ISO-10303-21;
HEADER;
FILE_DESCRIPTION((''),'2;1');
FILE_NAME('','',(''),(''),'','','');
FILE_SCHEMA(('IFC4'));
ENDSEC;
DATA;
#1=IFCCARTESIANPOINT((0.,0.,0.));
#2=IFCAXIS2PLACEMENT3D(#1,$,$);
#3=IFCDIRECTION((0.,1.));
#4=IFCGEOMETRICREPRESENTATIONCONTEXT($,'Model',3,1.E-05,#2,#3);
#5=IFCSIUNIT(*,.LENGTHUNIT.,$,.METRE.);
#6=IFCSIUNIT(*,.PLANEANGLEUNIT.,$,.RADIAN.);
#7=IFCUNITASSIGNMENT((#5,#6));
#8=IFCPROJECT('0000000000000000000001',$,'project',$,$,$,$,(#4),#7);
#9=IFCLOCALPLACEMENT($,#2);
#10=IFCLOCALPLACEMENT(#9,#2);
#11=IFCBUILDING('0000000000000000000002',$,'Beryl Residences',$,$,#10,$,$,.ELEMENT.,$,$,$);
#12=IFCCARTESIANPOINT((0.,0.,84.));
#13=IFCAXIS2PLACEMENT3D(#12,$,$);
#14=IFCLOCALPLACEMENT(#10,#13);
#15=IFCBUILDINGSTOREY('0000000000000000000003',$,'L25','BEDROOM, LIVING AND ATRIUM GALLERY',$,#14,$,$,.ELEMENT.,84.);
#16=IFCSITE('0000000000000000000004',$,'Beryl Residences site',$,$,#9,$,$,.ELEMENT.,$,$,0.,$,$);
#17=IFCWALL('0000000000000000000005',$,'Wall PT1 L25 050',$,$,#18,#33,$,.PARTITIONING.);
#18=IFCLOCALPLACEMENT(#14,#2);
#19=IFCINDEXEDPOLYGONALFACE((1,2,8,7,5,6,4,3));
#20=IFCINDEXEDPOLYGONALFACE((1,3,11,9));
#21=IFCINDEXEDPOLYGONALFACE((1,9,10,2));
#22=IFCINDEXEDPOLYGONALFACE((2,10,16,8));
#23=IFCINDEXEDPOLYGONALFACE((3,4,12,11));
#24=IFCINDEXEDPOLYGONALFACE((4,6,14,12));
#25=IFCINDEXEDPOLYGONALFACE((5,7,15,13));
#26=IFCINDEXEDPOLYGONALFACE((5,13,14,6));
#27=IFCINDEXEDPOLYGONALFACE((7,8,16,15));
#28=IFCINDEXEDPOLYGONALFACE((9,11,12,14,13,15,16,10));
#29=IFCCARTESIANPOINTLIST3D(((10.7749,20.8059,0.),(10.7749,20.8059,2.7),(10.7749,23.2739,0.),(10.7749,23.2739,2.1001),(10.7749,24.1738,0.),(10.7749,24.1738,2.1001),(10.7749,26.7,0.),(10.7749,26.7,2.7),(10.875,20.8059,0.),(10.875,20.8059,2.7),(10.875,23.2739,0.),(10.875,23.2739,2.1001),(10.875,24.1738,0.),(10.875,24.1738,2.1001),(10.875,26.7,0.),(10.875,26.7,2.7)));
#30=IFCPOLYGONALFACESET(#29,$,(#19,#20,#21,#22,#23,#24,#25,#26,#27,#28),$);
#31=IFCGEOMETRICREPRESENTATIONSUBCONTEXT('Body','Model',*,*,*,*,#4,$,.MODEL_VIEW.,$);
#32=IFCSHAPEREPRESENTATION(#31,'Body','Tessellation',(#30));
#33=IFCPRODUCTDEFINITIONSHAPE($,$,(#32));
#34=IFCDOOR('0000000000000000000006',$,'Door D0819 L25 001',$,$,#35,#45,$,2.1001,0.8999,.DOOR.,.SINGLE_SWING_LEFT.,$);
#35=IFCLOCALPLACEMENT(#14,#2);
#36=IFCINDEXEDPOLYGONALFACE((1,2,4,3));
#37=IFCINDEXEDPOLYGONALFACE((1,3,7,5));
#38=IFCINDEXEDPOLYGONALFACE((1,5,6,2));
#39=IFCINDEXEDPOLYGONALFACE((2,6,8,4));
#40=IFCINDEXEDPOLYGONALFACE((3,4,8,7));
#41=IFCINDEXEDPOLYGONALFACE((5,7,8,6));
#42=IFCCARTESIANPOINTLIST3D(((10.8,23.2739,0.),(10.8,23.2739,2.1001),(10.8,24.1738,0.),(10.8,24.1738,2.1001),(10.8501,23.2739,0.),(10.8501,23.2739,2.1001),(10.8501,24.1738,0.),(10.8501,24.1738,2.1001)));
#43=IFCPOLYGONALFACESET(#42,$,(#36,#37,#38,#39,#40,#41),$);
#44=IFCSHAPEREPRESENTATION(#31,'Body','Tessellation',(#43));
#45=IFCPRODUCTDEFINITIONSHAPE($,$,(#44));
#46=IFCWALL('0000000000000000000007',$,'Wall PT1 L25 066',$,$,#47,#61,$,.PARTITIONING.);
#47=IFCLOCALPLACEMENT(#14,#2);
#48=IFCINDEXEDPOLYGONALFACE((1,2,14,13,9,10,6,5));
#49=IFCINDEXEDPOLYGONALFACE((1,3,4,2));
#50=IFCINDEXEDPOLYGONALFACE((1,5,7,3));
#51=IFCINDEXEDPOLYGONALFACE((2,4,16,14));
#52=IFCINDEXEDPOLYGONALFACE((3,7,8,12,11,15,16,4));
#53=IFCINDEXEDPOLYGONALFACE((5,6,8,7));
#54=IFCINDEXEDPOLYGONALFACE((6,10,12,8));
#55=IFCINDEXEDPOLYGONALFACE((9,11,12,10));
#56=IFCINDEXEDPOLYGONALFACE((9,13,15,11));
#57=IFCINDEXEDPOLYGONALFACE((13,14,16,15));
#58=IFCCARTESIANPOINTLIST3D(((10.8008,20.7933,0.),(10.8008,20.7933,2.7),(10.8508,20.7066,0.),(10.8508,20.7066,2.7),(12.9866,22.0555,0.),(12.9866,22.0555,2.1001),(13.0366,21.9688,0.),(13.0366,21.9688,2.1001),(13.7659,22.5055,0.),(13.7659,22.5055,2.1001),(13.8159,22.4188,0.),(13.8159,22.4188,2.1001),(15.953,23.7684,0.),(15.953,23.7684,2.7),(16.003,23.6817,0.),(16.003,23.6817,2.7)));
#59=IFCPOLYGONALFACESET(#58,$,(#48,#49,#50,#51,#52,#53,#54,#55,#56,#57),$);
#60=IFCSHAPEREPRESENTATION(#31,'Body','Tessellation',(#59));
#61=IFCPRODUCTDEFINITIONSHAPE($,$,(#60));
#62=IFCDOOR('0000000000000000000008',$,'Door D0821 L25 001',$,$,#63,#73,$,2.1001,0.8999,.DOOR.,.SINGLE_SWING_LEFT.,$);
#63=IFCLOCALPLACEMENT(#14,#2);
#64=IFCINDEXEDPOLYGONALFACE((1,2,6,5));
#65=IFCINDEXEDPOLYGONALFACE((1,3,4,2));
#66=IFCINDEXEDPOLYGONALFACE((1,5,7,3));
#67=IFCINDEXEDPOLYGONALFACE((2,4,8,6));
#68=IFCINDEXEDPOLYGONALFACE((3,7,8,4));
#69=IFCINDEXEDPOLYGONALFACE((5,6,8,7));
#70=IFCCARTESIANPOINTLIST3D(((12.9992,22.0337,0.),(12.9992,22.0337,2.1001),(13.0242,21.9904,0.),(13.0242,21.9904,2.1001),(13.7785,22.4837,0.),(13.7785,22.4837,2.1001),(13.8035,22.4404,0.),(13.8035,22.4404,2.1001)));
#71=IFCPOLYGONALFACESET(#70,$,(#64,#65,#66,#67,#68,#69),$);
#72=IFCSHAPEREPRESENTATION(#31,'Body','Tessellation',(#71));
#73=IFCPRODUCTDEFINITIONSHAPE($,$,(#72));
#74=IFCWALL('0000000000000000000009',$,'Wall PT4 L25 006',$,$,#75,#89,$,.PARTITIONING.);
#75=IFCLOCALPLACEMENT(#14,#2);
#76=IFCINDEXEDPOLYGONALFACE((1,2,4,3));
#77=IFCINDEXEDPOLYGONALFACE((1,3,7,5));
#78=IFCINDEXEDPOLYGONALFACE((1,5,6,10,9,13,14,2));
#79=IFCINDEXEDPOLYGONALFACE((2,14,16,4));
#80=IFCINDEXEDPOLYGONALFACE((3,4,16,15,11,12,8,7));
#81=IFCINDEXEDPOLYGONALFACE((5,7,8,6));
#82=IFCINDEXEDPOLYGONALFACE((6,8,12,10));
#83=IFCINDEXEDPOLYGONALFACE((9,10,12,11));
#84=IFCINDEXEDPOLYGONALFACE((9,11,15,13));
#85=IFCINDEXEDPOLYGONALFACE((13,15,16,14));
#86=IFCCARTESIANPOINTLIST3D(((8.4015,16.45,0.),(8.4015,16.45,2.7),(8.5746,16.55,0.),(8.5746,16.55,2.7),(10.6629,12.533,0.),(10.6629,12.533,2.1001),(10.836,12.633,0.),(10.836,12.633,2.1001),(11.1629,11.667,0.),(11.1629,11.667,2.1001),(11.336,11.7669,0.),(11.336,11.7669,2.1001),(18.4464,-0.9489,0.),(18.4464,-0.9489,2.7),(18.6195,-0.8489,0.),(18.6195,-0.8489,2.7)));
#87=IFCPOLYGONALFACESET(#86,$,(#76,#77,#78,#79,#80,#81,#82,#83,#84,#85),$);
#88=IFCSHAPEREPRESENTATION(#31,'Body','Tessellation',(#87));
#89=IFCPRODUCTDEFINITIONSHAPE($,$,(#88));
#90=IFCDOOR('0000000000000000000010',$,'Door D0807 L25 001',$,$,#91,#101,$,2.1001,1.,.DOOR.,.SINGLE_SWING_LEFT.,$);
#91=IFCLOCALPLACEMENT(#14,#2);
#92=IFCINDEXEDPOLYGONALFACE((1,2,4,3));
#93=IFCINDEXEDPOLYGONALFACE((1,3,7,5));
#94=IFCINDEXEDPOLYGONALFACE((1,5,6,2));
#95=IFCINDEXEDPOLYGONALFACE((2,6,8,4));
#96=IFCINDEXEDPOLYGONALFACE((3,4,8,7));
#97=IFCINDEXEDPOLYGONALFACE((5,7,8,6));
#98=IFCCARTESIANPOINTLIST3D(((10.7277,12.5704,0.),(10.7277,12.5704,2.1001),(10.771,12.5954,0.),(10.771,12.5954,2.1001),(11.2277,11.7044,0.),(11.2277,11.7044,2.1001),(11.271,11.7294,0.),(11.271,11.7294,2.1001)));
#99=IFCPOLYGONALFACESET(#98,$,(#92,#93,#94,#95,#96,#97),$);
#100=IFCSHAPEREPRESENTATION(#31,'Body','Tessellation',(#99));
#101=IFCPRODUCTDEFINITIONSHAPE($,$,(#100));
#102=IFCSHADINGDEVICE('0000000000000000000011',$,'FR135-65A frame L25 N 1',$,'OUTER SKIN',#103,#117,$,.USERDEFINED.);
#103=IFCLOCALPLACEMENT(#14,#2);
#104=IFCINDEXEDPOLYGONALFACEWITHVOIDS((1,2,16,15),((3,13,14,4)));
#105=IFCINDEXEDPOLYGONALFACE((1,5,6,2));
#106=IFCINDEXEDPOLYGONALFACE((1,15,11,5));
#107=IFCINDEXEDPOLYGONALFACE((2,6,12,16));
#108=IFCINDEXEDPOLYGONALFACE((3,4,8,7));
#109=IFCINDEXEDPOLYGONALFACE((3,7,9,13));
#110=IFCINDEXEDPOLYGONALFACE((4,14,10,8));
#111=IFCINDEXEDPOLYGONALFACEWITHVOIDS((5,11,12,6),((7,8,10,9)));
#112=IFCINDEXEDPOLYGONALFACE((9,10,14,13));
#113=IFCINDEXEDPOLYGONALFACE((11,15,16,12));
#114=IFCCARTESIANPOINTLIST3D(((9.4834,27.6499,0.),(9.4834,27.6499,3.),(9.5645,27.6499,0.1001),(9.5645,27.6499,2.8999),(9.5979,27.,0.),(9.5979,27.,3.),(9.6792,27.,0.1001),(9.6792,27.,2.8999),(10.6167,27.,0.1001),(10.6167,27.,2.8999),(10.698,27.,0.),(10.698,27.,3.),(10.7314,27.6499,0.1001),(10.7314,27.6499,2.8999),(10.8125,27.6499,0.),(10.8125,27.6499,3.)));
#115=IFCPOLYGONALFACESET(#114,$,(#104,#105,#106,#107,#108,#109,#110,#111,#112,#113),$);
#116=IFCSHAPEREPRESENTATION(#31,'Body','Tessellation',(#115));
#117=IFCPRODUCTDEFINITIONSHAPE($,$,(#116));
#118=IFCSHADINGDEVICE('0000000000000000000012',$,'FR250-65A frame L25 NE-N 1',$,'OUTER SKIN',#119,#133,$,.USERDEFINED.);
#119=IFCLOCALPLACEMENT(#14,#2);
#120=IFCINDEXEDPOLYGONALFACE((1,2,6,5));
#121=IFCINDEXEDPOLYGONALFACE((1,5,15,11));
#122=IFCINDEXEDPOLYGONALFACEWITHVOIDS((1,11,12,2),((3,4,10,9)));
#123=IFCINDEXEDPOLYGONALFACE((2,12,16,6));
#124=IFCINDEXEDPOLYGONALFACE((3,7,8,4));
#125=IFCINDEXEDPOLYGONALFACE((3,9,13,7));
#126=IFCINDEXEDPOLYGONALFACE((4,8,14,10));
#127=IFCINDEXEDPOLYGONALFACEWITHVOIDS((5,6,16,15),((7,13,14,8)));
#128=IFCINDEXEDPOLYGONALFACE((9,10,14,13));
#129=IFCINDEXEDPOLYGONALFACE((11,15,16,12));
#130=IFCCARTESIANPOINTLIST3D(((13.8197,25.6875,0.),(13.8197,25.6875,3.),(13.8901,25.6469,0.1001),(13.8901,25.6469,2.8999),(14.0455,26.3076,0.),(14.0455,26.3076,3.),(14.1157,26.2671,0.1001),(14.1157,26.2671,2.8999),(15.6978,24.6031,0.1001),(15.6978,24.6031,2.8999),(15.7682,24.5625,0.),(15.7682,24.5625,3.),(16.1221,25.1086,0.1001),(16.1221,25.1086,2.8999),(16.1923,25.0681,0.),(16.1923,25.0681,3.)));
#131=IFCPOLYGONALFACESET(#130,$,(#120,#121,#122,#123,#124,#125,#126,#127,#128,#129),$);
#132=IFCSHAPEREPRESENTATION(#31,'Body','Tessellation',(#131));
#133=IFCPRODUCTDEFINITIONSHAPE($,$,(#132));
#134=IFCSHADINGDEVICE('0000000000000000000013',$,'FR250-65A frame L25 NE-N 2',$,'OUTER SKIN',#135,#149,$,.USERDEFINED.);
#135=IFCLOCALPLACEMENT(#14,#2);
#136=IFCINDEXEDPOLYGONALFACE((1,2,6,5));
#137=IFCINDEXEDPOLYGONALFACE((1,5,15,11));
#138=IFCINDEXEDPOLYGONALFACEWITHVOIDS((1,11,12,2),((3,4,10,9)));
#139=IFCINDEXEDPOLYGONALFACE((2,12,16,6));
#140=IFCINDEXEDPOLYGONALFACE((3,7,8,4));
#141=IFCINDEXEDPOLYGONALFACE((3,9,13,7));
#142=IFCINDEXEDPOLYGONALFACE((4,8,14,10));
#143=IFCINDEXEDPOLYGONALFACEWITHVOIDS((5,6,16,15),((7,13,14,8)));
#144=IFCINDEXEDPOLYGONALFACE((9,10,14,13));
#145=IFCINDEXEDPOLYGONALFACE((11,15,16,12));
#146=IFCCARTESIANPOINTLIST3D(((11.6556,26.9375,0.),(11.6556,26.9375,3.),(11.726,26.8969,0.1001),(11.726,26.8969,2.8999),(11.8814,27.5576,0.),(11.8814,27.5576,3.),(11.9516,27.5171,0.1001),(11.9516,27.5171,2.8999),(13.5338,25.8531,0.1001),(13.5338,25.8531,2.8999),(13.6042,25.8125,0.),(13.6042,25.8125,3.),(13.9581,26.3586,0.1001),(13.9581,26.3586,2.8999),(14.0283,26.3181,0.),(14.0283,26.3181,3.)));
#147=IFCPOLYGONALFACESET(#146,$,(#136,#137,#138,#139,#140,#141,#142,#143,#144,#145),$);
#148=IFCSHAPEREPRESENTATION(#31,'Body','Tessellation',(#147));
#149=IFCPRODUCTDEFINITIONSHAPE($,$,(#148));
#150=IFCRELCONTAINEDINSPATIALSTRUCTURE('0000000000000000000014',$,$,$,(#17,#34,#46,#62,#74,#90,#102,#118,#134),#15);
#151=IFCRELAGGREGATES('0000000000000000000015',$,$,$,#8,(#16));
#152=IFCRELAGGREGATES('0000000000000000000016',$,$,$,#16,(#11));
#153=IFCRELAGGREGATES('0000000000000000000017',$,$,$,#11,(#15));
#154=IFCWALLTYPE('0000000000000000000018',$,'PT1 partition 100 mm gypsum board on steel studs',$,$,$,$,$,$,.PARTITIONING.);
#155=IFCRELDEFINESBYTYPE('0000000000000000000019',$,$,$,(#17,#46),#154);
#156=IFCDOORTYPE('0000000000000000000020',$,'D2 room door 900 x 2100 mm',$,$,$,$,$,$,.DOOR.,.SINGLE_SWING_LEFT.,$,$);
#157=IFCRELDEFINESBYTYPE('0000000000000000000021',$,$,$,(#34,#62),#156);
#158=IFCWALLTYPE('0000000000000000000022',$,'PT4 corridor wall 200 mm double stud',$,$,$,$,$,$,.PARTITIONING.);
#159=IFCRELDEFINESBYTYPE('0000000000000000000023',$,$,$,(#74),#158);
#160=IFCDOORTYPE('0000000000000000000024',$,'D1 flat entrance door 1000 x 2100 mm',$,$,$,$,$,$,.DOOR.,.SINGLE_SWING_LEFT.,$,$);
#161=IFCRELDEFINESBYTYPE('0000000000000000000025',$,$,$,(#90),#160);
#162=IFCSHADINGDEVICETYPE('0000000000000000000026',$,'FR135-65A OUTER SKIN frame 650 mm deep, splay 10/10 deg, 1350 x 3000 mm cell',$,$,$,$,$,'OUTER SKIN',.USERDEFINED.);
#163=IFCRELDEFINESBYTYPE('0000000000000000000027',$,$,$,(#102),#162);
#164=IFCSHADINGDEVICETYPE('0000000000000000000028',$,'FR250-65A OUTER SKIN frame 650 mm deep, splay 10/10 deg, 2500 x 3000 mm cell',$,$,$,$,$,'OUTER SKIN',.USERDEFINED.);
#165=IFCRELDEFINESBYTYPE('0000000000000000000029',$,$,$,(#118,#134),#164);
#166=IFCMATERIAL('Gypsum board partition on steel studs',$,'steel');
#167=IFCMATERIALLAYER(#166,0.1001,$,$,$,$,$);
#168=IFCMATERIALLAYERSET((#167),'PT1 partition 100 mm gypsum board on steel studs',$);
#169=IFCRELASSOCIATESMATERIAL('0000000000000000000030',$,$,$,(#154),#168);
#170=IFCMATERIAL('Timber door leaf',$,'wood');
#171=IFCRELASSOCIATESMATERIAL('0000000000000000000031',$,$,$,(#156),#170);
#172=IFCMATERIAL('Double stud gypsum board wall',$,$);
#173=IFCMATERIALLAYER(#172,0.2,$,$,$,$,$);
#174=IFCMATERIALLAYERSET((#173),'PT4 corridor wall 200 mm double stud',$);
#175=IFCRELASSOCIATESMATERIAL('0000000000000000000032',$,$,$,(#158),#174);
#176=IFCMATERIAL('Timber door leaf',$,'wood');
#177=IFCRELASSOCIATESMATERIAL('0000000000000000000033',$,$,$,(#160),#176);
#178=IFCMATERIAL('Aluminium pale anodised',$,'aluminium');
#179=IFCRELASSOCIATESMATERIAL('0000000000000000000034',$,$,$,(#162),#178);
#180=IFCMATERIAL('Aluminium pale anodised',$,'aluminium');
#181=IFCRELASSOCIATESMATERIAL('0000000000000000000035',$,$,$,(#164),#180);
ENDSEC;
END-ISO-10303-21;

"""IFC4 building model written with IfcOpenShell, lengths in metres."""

from ifc_helpers import new_model, entity, si_unit, direction, frame, frame_2d, origin, place, context, subcontext, project, spatial, rectangle, extrude, source, transform, mapped, material, layer, layer_set, type_object, type_shapes, element, fill, save


model = new_model("IFC4")

# Units and contexts
model_context = context("Model", 3, precision=1e-05, world=origin(), true_north=direction((0.0, 1.0)))
body_context = subcontext(model_context, "Body", "Model", "MODEL_VIEW")
ifc_project = project(units=[si_unit("LENGTHUNIT", "METRE"), si_unit("PLANEANGLEUNIT", "RADIAN")], contexts=[model_context])

# Site, building, storey
site_placement = place(None, origin())
site = spatial("IfcSite", under=ifc_project, at=site_placement, Name="Beryl Residences site", CompositionType="ELEMENT", RefElevation=0.0)
building_placement = place(site_placement, origin())
building = spatial("IfcBuilding", under=site, at=building_placement, Name="Beryl Residences", CompositionType="ELEMENT")
storey_placement = place(building_placement, frame((0.0, 0.0, 84.0)))
storey = spatial("IfcBuildingStorey", under=building, at=storey_placement, Name="L25", Description="BEDROOM, LIVING AND ATRIUM GALLERY", CompositionType="ELEMENT", Elevation=84.0)

# Walls, openings, doors
ifc_material_1 = material(Name="Gypsum board partition on steel studs", Category="steel")
ifc_layer_1 = layer(ifc_material_1, 0.1001)
ifc_layer_set_1 = layer_set([ifc_layer_1], Name="PT1 partition 100 mm gypsum board on steel studs")
wall_type_1 = type_object("IfcWallType", Name="PT1 partition 100 mm gypsum board on steel studs", PredefinedType="PARTITIONING", material=ifc_layer_set_1)
wall_1_placement = place(storey_placement, frame((10.825, 20.8059, 0.0), z_axis=(0.0, 0.0, 1.0), x_axis=(0.0, 1.0, 0.0)))
wall_1 = element("IfcWall", 1, at=wall_1_placement, inside=storey, type_object=wall_type_1, Name="Wall PT1 L25 050", PredefinedType="PARTITIONING", context=body_context, shape_type="SweptSolid", body=[
    extrude(rectangle(XDim=5.894, YDim=0.1001, at=frame_2d((2.947, 0.0))), origin(), (0.0, 0.0, 1.0), 2.7),
])
opening_1_placement = place(wall_1_placement, frame((2.468, 0.0, 0.0)))
opening_1 = element("IfcOpeningElement", 2, at=opening_1_placement, cuts=wall_1, PredefinedType="OPENING", context=body_context, shape_type="SweptSolid", body=[
    extrude(rectangle(XDim=0.8999, YDim=2.1001, at=frame_2d((0.45, 1.05))), frame((0.0, 0.0601, 0.0), z_axis=(0.0, -1.0, 0.0), x_axis=(1.0, 0.0, 0.0)), (0.0, 0.0, 1.0), 0.1201),
])
ifc_material_2 = material(Name="Timber door leaf", Category="wood")
door_type_1 = type_object("IfcDoorType", Name="D2 room door 900 x 2100 mm", OperationType="SINGLE_SWING_LEFT", PredefinedType="DOOR", material=ifc_material_2)
door_1_placement = place(opening_1_placement, origin())
door_1 = element("IfcDoor", 3, at=door_1_placement, inside=storey, type_object=door_type_1, Name="Door D0819 L25 001", OperationType="SINGLE_SWING_LEFT", OverallHeight=2.1001, OverallWidth=0.8999, PredefinedType="DOOR", context=body_context, shape_type="SweptSolid", body=[
    extrude(rectangle(XDim=0.8999, YDim=2.1001, at=frame_2d((0.45, 1.05))), frame((0.0, 0.0249, 0.0), z_axis=(0.0, -1.0, 0.0), x_axis=(1.0, 0.0, 0.0)), (0.0, 0.0, 1.0), 0.05),
])
fill(opening_1, door_1)
wall_2_placement = place(storey_placement, frame((10.8259, 20.75, 0.0), z_axis=(0.0, 0.0, 1.0), x_axis=(0.865987, 0.500067, 0.0)))
wall_2 = element("IfcWall", 4, at=wall_2_placement, inside=storey, type_object=wall_type_1, Name="Wall PT1 L25 066", PredefinedType="PARTITIONING", context=body_context, shape_type="SweptSolid", body=[
    extrude(rectangle(XDim=5.9495, YDim=0.1001, at=frame_2d((2.9746, 0.0))), origin(), (0.0, 0.0, 1.0), 2.7),
])
opening_2_placement = place(wall_2_placement, frame((2.5239, 0.0, 0.0)))
opening_2 = element("IfcOpeningElement", 5, at=opening_2_placement, cuts=wall_2, PredefinedType="OPENING", context=body_context, shape_type="SweptSolid", body=[
    extrude(rectangle(XDim=0.8999, YDim=2.1001, at=frame_2d((0.45, 1.05))), frame((0.0, 0.0601, 0.0), z_axis=(0.0, -1.0, 0.0), x_axis=(1.0, 0.0, 0.0)), (0.0, 0.0, 1.0), 0.1201),
])
door_2_placement = place(opening_2_placement, origin())
door_2 = element("IfcDoor", 6, at=door_2_placement, inside=storey, type_object=door_type_1, Name="Door D0821 L25 001", OperationType="SINGLE_SWING_LEFT", OverallHeight=2.1001, OverallWidth=0.8999, PredefinedType="DOOR", context=body_context, shape_type="SweptSolid", body=[
    extrude(rectangle(XDim=0.8999, YDim=2.1001, at=frame_2d((0.45, 1.05))), frame((0.0, 0.0249, 0.0), z_axis=(0.0, -1.0, 0.0), x_axis=(1.0, 0.0, 0.0)), (0.0, 0.0, 1.0), 0.05),
])
fill(opening_2, door_2)
ifc_material_3 = material(Name="Double stud gypsum board wall")
ifc_layer_2 = layer(ifc_material_3, 0.2)
ifc_layer_set_2 = layer_set([ifc_layer_2], Name="PT4 corridor wall 200 mm double stud")
wall_type_2 = type_object("IfcWallType", Name="PT4 corridor wall 200 mm double stud", PredefinedType="PARTITIONING", material=ifc_layer_set_2)
wall_3_placement = place(storey_placement, frame((8.488, 16.5, 0.0), z_axis=(0.0, 0.0, 1.0), x_axis=(0.499987, -0.866033, 0.0)))
wall_3 = element("IfcWall", 7, at=wall_3_placement, inside=storey, type_object=wall_type_2, Name="Wall PT4 L25 006", PredefinedType="PARTITIONING", context=body_context, shape_type="SweptSolid", body=[
    extrude(rectangle(XDim=20.0903, YDim=0.2, at=frame_2d((10.0452, 0.0))), origin(), (0.0, 0.0, 1.0), 2.7),
])
opening_3_placement = place(wall_3_placement, frame((4.5229, 0.0, 0.0)))
opening_3 = element("IfcOpeningElement", 8, at=opening_3_placement, cuts=wall_3, PredefinedType="OPENING", context=body_context, shape_type="SweptSolid", body=[
    extrude(rectangle(XDim=1.0, YDim=2.1001, at=frame_2d((0.5, 1.05))), frame((0.0, 0.1099, 0.0), z_axis=(0.0, -1.0, 0.0), x_axis=(1.0, 0.0, 0.0)), (0.0, 0.0, 1.0), 0.22),
])
ifc_material_4 = material(Name="Timber door leaf", Category="wood")
door_type_2 = type_object("IfcDoorType", Name="D1 flat entrance door 1000 x 2100 mm", OperationType="SINGLE_SWING_LEFT", PredefinedType="DOOR", material=ifc_material_4)
door_3_placement = place(opening_3_placement, origin())
door_3 = element("IfcDoor", 9, at=door_3_placement, inside=storey, type_object=door_type_2, Name="Door D0807 L25 001", OperationType="SINGLE_SWING_LEFT", OverallHeight=2.1001, OverallWidth=1.0, PredefinedType="DOOR", context=body_context, shape_type="SweptSolid", body=[
    extrude(rectangle(XDim=1.0, YDim=2.1001, at=frame_2d((0.5, 1.05))), frame((0.0, 0.0249, 0.0), z_axis=(0.0, -1.0, 0.0), x_axis=(1.0, 0.0, 0.0)), (0.0, 0.0, 1.0), 0.05),
])
fill(opening_3, door_3)

# Shading devices
ifc_material_5 = material(Name="Aluminium pale anodised", Category="aluminium")
shading_device_type_1 = type_object("IfcShadingDeviceType", Name="FR135-65A OUTER SKIN frame 650 mm deep, splay 10/10 deg, 1350 x 3000 mm cell", ElementType="OUTER SKIN", PredefinedType="USERDEFINED", material=ifc_material_5)
cartesian_point_1 = entity("IfcCartesianPoint", [-0.55, 0.0])
cartesian_point_2 = entity("IfcCartesianPoint", [-0.4688, 0.1001])
cartesian_point_3 = entity("IfcCartesianPoint", [-0.6646, 0.0])
cartesian_point_4 = entity("IfcCartesianPoint", [-0.5835, 0.1001])
shared_shape_1 = source(origin(), body_context, "Body", "SweptSolid", [
    entity("IfcExtrudedAreaSolidTapered", entity("IfcArbitraryProfileDefWithVoids", "AREA", None, entity("IfcPolyline", [cartesian_point_1, entity("IfcCartesianPoint", [0.55, 0.0]), entity("IfcCartesianPoint", [0.55, 3.0]), entity("IfcCartesianPoint", [-0.55, 3.0]), cartesian_point_1]), [entity("IfcPolyline", [cartesian_point_2, entity("IfcCartesianPoint", [0.4688, 0.1001]), entity("IfcCartesianPoint", [0.4688, 2.8999]), entity("IfcCartesianPoint", [-0.4688, 2.8999]), cartesian_point_2])]), entity("IfcAxis2Placement3D", entity("IfcCartesianPoint", [0.0, 0.0, 0.0]), entity("IfcDirection", [0.0, 1.0, 0.0]), entity("IfcDirection", [-1.0, 0.0, 0.0])), entity("IfcDirection", [0.0, 0.0, 1.0]), 0.6499, entity("IfcArbitraryProfileDefWithVoids", "AREA", None, entity("IfcPolyline", [cartesian_point_3, entity("IfcCartesianPoint", [0.6646, 0.0]), entity("IfcCartesianPoint", [0.6646, 3.0]), entity("IfcCartesianPoint", [-0.6646, 3.0]), cartesian_point_3]), [entity("IfcPolyline", [cartesian_point_4, entity("IfcCartesianPoint", [0.5835, 0.1001]), entity("IfcCartesianPoint", [0.5835, 2.8999]), entity("IfcCartesianPoint", [-0.5835, 2.8999]), cartesian_point_4])])),
])
type_shapes(shading_device_type_1, [shared_shape_1])
shading_device_placement = place(storey_placement, frame((10.1479, 27.0, 0.0), z_axis=(0.0, 0.0, 1.0), x_axis=(1.0, 0.0, 0.0)))
element("IfcShadingDevice", 10, at=shading_device_placement, inside=storey, type_object=shading_device_type_1, Name="FR135-65A frame L25 N 1", ObjectType="OUTER SKIN", PredefinedType="USERDEFINED", context=body_context, shape_type="MappedRepresentation", body=[
    mapped(shared_shape_1, transform((0.0, 0.0, 0.0))),
])
ifc_material_6 = material(Name="Aluminium pale anodised", Category="aluminium")
shading_device_type_2 = type_object("IfcShadingDeviceType", Name="FR250-65A OUTER SKIN frame 650 mm deep, splay 10/10 deg, 2500 x 3000 mm cell", ElementType="OUTER SKIN", PredefinedType="USERDEFINED", material=ifc_material_6)
cartesian_point_5 = entity("IfcCartesianPoint", [-1.125, 0.0])
cartesian_point_6 = entity("IfcCartesianPoint", [-1.0437, 0.1001])
cartesian_point_7 = entity("IfcCartesianPoint", [-1.2395, 0.0])
cartesian_point_8 = entity("IfcCartesianPoint", [-1.1584, 0.1001])
shared_shape_2 = source(origin(), body_context, "Body", "SweptSolid", [
    entity("IfcExtrudedAreaSolidTapered", entity("IfcArbitraryProfileDefWithVoids", "AREA", None, entity("IfcPolyline", [cartesian_point_5, entity("IfcCartesianPoint", [1.125, 0.0]), entity("IfcCartesianPoint", [1.125, 3.0]), entity("IfcCartesianPoint", [-1.125, 3.0]), cartesian_point_5]), [entity("IfcPolyline", [cartesian_point_6, entity("IfcCartesianPoint", [1.0437, 0.1001]), entity("IfcCartesianPoint", [1.0437, 2.8999]), entity("IfcCartesianPoint", [-1.0437, 2.8999]), cartesian_point_6])]), entity("IfcAxis2Placement3D", entity("IfcCartesianPoint", [0.0, 0.0, 0.0]), entity("IfcDirection", [0.0, 1.0, 0.0]), entity("IfcDirection", [-1.0, 0.0, 0.0])), entity("IfcDirection", [0.0, 0.0, 1.0]), 0.6499, entity("IfcArbitraryProfileDefWithVoids", "AREA", None, entity("IfcPolyline", [cartesian_point_7, entity("IfcCartesianPoint", [1.2395, 0.0]), entity("IfcCartesianPoint", [1.2395, 3.0]), entity("IfcCartesianPoint", [-1.2395, 3.0]), cartesian_point_7]), [entity("IfcPolyline", [cartesian_point_8, entity("IfcCartesianPoint", [1.1584, 0.1001]), entity("IfcCartesianPoint", [1.1584, 2.8999]), entity("IfcCartesianPoint", [-1.1584, 2.8999]), cartesian_point_8])])),
])
type_shapes(shading_device_type_2, [shared_shape_2])
for number, where, z_axis, x_axis, name in (
    (11, (14.7939, 25.125, 0.0), (0.0, 0.0, 1.0), (0.866025, -0.5, 0.0), "FR250-65A frame L25 NE-N 1"),
    (12, (12.6299, 26.375, 0.0), (0.0, 0.0, 1.0), (0.866025, -0.5, 0.0), "FR250-65A frame L25 NE-N 2"),
):
    element("IfcShadingDevice", number, at=place(storey_placement, frame(where, z_axis=z_axis, x_axis=x_axis)), inside=storey, type_object=shading_device_type_2, Name=name, ObjectType="OUTER SKIN", PredefinedType="USERDEFINED", context=body_context, shape_type="MappedRepresentation", body=[
        mapped(shared_shape_2, transform((0.0, 0.0, 0.0))),
    ])

save(model, "model.ifc")
